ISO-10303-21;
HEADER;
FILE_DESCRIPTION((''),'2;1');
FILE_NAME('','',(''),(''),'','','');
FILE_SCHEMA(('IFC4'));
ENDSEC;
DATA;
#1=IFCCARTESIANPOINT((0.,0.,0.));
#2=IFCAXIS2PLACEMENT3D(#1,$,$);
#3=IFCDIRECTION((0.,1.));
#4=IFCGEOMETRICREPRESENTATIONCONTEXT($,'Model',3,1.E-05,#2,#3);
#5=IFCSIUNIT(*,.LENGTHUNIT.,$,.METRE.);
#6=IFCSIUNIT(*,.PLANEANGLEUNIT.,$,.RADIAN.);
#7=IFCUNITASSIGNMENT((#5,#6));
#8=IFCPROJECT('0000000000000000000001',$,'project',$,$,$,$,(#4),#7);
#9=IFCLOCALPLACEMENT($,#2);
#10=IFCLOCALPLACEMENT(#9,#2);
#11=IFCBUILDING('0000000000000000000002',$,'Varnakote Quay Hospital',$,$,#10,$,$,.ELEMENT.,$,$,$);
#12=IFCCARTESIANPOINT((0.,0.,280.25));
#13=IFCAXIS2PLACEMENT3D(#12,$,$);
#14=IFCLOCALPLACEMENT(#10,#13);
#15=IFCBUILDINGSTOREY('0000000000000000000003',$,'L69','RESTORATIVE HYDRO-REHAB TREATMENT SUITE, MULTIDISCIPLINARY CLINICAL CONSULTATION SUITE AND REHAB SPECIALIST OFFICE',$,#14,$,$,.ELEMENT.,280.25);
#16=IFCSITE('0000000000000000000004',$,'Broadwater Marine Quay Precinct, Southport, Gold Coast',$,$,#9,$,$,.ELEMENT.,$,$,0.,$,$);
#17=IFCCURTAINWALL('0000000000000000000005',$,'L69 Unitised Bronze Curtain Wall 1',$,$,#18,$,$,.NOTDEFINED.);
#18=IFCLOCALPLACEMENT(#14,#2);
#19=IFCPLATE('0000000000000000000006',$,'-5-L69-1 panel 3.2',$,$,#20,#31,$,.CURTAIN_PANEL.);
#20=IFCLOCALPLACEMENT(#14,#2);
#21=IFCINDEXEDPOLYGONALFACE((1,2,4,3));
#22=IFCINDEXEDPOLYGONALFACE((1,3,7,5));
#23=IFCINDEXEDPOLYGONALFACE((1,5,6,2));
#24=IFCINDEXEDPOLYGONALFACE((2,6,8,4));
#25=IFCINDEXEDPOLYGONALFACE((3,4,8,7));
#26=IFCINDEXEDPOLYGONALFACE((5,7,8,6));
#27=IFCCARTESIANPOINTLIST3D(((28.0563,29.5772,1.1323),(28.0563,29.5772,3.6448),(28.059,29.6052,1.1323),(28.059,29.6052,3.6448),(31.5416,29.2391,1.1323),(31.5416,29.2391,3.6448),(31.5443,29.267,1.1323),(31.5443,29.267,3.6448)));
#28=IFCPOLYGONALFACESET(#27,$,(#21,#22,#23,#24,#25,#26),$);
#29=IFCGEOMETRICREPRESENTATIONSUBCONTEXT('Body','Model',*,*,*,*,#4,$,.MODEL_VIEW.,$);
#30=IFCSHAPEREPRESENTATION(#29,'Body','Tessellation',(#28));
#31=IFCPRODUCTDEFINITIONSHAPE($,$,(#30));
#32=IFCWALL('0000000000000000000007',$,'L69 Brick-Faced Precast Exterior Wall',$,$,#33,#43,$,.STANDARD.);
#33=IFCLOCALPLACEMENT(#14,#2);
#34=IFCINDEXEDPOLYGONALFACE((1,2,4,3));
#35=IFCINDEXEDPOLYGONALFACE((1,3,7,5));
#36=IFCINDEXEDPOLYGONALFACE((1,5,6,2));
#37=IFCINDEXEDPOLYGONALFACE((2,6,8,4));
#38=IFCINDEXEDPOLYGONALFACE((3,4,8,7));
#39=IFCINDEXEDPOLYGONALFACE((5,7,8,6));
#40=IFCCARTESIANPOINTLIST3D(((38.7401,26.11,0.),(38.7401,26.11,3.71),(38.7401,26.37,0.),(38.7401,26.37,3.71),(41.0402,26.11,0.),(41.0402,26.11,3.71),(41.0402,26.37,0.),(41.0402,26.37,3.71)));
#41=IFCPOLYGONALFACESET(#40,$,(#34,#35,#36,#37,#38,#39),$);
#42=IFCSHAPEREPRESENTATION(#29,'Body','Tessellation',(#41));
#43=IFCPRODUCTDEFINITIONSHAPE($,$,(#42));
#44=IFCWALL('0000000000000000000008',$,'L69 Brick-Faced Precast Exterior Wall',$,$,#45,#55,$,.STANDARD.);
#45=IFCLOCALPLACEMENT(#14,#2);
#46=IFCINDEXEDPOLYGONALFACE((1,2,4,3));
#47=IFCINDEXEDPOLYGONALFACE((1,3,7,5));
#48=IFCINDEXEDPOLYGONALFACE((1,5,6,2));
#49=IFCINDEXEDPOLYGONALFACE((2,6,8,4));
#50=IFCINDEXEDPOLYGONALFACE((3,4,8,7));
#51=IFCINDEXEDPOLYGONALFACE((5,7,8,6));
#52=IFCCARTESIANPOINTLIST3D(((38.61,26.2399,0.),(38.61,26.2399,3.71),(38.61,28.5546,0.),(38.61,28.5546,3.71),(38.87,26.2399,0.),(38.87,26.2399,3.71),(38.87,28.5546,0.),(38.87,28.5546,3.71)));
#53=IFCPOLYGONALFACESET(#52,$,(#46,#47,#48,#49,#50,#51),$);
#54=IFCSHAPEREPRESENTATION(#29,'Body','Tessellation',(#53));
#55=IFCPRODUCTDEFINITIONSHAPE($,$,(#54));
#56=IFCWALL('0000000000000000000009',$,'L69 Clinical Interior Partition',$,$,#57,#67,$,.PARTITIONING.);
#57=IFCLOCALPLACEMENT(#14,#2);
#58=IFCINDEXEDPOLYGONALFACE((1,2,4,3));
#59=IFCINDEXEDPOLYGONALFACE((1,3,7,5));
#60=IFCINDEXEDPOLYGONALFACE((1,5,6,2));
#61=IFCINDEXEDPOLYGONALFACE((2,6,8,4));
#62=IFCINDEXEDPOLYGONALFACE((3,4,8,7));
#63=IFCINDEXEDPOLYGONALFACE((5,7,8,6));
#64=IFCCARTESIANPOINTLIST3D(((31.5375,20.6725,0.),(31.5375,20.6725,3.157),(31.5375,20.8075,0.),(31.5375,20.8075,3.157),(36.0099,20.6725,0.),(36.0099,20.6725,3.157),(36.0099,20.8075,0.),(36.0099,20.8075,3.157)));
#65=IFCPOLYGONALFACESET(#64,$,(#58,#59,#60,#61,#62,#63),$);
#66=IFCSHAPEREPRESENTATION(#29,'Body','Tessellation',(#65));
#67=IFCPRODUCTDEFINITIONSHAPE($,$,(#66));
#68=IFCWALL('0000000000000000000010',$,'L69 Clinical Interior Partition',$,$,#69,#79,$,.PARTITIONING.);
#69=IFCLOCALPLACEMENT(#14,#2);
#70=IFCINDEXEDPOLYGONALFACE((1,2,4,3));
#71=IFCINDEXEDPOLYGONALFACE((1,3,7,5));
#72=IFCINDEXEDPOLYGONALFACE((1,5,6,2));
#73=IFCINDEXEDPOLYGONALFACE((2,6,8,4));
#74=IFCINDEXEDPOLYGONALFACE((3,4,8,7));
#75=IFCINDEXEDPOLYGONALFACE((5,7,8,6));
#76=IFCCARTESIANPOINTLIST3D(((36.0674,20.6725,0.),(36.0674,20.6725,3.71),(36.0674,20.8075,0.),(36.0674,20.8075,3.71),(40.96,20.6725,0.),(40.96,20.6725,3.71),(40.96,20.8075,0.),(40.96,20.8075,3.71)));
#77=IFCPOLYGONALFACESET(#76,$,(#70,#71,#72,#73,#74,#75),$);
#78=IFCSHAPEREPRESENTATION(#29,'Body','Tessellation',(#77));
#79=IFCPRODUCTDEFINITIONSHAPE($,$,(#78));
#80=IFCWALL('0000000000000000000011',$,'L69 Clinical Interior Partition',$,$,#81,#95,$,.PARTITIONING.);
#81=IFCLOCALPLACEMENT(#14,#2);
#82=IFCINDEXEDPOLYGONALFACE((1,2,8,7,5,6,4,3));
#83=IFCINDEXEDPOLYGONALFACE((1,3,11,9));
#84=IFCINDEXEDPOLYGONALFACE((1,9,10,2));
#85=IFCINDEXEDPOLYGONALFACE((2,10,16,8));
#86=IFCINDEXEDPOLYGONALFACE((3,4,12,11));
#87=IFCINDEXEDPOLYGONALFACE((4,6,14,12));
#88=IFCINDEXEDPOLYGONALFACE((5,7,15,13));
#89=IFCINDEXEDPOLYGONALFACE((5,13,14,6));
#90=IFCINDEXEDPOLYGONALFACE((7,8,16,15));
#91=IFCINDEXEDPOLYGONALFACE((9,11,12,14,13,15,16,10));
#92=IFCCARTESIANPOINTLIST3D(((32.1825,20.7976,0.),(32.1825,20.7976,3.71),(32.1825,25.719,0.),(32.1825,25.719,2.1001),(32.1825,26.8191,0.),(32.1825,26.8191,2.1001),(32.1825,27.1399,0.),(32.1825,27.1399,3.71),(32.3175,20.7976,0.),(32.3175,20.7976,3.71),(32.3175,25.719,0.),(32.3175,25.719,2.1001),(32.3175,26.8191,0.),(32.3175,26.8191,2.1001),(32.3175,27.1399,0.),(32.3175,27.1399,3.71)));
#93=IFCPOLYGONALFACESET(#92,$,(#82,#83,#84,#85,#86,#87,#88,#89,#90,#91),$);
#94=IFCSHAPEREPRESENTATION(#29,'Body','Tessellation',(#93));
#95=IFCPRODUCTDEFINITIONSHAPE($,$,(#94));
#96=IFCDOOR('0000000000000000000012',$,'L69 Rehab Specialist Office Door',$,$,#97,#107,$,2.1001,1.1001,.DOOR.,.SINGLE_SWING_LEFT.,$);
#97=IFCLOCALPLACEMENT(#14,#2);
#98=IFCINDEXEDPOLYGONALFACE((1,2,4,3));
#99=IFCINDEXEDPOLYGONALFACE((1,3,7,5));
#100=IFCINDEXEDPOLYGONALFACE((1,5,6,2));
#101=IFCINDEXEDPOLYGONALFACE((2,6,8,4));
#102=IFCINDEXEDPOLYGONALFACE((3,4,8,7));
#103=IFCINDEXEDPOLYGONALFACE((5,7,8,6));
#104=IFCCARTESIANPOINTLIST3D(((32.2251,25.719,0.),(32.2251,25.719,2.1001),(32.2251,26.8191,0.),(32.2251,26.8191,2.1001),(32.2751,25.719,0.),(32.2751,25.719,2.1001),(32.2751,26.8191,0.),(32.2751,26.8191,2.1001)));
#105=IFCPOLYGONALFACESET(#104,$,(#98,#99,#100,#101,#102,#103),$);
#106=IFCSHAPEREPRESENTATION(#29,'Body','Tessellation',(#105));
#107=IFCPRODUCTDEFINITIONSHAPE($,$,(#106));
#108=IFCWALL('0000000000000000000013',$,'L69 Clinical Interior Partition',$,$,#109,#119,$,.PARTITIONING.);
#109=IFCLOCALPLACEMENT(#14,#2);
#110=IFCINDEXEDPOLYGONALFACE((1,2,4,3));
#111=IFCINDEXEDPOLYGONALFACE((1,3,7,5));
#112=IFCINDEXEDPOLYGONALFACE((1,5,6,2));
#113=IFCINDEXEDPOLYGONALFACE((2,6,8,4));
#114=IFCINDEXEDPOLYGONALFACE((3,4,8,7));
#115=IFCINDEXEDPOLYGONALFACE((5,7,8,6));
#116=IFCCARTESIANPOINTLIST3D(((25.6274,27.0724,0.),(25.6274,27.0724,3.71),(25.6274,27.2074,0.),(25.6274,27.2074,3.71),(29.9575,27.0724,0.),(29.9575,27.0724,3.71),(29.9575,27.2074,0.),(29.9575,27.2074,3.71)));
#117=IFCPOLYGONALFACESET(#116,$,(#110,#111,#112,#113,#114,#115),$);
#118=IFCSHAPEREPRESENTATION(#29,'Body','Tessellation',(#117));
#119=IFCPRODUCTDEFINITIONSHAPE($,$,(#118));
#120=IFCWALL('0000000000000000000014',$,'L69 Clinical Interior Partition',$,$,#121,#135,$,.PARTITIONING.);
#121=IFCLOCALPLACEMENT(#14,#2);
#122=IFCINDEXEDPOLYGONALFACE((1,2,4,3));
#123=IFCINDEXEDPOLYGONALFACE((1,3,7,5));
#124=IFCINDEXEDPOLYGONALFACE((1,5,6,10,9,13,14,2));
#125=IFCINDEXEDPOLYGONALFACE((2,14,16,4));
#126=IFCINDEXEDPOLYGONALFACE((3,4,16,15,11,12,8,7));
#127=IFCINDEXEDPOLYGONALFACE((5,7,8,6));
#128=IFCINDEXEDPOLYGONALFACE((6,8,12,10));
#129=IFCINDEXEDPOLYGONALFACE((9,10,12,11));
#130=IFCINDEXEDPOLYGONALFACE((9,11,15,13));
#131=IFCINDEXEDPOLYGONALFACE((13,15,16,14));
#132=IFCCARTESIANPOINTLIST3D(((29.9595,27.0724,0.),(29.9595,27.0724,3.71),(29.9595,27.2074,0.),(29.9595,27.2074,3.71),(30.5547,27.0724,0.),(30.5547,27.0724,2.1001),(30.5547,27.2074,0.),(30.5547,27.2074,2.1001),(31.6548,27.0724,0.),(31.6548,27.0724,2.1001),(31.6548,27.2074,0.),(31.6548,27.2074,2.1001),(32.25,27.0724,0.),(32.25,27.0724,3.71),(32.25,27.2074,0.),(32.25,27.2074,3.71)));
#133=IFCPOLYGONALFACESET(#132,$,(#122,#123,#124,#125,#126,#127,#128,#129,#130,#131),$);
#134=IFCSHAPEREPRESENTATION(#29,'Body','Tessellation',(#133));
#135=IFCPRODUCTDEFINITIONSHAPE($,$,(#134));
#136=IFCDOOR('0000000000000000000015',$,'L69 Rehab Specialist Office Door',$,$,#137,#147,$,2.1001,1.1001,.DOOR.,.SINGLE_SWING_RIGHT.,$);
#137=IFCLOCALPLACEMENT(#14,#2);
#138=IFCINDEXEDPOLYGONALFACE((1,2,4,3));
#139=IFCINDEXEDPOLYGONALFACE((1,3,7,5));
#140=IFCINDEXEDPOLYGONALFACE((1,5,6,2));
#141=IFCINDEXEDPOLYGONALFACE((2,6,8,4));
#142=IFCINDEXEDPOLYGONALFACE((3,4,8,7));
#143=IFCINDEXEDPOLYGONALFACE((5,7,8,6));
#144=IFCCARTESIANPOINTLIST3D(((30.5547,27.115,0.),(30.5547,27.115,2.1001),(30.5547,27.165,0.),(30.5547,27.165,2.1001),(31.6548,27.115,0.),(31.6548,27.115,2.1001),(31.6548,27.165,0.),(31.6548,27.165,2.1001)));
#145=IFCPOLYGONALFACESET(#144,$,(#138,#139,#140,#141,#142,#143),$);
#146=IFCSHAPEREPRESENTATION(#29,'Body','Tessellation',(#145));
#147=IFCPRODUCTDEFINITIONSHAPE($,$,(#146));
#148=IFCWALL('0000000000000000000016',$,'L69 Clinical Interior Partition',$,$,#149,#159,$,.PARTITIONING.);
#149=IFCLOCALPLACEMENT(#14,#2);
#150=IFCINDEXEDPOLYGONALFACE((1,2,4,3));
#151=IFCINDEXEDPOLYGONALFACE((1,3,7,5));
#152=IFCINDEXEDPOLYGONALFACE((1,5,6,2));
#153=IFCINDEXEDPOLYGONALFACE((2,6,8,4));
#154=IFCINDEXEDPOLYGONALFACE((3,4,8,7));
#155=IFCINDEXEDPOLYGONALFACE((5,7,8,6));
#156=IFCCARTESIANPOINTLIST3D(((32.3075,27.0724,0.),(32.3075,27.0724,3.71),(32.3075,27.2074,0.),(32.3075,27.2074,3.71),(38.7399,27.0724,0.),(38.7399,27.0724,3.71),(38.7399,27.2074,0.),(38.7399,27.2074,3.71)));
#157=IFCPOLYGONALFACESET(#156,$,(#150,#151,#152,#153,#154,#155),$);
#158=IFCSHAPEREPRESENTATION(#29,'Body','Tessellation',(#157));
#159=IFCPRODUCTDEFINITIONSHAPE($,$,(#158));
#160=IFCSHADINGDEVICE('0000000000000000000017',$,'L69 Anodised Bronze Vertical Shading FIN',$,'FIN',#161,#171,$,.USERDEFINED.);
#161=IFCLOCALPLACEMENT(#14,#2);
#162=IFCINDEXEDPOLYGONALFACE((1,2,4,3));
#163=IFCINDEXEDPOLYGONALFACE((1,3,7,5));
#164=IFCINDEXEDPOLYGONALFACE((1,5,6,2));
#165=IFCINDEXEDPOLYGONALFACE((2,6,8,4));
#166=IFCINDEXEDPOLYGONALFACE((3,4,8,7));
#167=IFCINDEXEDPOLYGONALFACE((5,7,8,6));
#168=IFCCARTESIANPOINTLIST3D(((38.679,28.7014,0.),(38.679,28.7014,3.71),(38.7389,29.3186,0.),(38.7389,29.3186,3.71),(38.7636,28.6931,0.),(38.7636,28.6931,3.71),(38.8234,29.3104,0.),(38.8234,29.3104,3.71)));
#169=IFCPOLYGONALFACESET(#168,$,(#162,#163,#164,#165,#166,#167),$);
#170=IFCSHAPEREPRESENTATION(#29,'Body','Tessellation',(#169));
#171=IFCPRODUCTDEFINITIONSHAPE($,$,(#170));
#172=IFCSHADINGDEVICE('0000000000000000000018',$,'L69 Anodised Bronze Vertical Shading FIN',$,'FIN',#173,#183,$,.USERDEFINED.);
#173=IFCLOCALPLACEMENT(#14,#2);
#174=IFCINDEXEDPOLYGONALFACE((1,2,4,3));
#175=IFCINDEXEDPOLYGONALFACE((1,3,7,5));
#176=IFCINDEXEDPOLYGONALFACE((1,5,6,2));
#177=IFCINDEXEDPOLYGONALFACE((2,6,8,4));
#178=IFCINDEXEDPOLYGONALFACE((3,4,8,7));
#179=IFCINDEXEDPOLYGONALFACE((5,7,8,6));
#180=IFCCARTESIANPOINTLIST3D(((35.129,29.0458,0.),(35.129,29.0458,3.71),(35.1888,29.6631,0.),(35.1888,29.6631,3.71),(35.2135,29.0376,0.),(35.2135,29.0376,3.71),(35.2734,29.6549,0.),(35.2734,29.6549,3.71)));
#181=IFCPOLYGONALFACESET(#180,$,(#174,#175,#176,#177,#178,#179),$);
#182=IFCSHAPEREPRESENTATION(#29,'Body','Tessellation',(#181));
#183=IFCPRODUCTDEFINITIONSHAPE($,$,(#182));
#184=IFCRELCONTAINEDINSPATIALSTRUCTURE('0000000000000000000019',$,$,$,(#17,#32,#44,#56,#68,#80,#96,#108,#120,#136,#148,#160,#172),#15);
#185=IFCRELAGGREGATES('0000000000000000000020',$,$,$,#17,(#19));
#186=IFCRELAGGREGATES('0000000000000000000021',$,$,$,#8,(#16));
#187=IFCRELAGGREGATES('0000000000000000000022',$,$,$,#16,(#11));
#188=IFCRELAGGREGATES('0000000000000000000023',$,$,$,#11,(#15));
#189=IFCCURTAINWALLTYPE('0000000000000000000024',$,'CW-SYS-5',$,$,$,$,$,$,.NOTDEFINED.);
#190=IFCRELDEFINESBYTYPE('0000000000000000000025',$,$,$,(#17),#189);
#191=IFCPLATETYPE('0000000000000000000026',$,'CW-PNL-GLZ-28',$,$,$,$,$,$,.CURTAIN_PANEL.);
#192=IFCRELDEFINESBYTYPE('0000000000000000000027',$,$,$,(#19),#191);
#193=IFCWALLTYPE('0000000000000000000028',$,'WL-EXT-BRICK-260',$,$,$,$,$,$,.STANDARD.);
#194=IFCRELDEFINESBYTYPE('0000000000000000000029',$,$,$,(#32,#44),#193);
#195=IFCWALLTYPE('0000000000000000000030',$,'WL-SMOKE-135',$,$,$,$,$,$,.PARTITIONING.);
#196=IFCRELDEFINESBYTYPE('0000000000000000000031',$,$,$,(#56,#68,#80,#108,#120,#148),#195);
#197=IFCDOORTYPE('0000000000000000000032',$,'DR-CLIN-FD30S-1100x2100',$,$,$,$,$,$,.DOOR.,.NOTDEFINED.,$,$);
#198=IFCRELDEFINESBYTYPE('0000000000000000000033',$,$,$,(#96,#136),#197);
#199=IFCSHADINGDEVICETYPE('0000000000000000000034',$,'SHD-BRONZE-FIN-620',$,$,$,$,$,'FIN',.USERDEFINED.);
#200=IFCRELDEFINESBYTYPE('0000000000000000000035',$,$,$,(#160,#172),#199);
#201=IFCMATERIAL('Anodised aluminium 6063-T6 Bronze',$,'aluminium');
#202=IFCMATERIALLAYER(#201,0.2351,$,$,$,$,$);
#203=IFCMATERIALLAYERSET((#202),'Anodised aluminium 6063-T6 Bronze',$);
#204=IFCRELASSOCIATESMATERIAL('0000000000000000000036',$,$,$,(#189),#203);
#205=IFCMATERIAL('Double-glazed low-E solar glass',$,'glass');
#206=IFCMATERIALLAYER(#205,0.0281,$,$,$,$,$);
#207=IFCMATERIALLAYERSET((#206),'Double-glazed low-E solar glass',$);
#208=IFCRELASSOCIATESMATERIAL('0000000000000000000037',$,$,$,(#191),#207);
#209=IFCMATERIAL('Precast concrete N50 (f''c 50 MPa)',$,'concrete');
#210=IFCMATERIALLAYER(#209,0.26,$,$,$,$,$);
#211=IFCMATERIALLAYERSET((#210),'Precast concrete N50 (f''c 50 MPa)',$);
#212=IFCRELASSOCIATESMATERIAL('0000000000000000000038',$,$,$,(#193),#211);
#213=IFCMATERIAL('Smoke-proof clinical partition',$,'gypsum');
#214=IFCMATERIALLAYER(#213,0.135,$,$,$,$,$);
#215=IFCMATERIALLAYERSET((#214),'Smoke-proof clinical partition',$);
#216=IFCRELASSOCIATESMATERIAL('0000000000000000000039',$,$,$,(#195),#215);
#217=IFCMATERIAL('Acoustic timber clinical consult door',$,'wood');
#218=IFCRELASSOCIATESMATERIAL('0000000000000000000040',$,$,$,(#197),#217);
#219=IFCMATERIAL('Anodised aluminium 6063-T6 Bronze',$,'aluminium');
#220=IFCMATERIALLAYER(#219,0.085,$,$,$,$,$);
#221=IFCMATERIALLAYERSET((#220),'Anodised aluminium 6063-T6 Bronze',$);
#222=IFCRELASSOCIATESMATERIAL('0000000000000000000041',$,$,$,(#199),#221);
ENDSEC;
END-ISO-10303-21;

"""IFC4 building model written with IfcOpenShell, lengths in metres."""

from ifc_helpers import new_model, si_unit, direction, frame, frame_2d, origin, origin_2d, place, context, subcontext, project, spatial, rectangle, extrude, material, layer, layer_set, type_object, element, fill, aggregate, save


model = new_model("IFC4")

# Units and contexts
model_context = context("Model", 3, precision=1e-05, world=origin(), true_north=direction((0.0, 1.0)))
body_context = subcontext(model_context, "Body", "Model", "MODEL_VIEW")
ifc_project = project(units=[si_unit("LENGTHUNIT", "METRE"), si_unit("PLANEANGLEUNIT", "RADIAN")], contexts=[model_context])

# Site, building, storey
site_placement = place(None, origin())
site = spatial("IfcSite", under=ifc_project, at=site_placement, Name="Broadwater Marine Quay Precinct, Southport, Gold Coast", CompositionType="ELEMENT", RefElevation=0.0)
building_placement = place(site_placement, origin())
building = spatial("IfcBuilding", under=site, at=building_placement, Name="Varnakote Quay Hospital", CompositionType="ELEMENT")
storey_placement = place(building_placement, frame((0.0, 0.0, 280.25)))
storey = spatial("IfcBuildingStorey", under=building, at=storey_placement, Name="L69", Description="RESTORATIVE HYDRO-REHAB TREATMENT SUITE, MULTIDISCIPLINARY CLINICAL CONSULTATION SUITE AND REHAB SPECIALIST OFFICE", CompositionType="ELEMENT", Elevation=280.25)

# Curtain wall, plate
ifc_material_1 = material(Name="Anodised aluminium 6063-T6 Bronze", Category="aluminium")
ifc_layer_1 = layer(ifc_material_1, 0.2351)
ifc_layer_set_1 = layer_set([ifc_layer_1], Name="Anodised aluminium 6063-T6 Bronze")
curtain_wall_type = type_object("IfcCurtainWallType", Name="CW-SYS-5", PredefinedType="NOTDEFINED", material=ifc_layer_set_1)
curtain_wall_placement = place(storey_placement, origin())
curtain_wall = element("IfcCurtainWall", 1, at=curtain_wall_placement, inside=storey, type_object=curtain_wall_type, Name="L69 Unitised Bronze Curtain Wall 1", PredefinedType="NOTDEFINED")
ifc_material_2 = material(Name="Double-glazed low-E solar glass", Category="glass")
ifc_layer_2 = layer(ifc_material_2, 0.0281)
ifc_layer_set_2 = layer_set([ifc_layer_2], Name="Double-glazed low-E solar glass")
plate_type = type_object("IfcPlateType", Name="CW-PNL-GLZ-28", PredefinedType="CURTAIN_PANEL", material=ifc_layer_set_2)
plate_1_placement = place(storey_placement, frame((29.8003, 29.4221, 1.1323), z_axis=(0.0, 0.0, 1.0), x_axis=(-0.995326, 0.096569, 0.0)))
plate_1 = element("IfcPlate", 2, at=plate_1_placement, type_object=plate_type, Name="-5-L69-1 panel 3.2", PredefinedType="CURTAIN_PANEL", context=body_context, shape_type="SweptSolid", body=[
    extrude(rectangle(XDim=3.5017, YDim=0.0281, at=origin_2d()), origin(), (0.0, 0.0, 1.0), 2.5125),
])
aggregate(curtain_wall, [plate_1])

# Walls
ifc_material_3 = material(Name="Precast concrete N50 (f'c 50 MPa)", Category="concrete")
ifc_layer_3 = layer(ifc_material_3, 0.26)
ifc_layer_set_3 = layer_set([ifc_layer_3], Name="Precast concrete N50 (f'c 50 MPa)")
wall_type_1 = type_object("IfcWallType", Name="WL-EXT-BRICK-260", PredefinedType="STANDARD", material=ifc_layer_set_3)
wall_1_placement = place(storey_placement, frame((41.04, 26.24, 0.0), z_axis=(0.0, 0.0, 1.0), x_axis=(-1.0, 0.0, 0.0)))
element("IfcWall", 3, at=wall_1_placement, inside=storey, type_object=wall_type_1, Name="L69 Brick-Faced Precast Exterior Wall", PredefinedType="STANDARD", context=body_context, shape_type="SweptSolid", body=[
    extrude(rectangle(XDim=2.3, YDim=0.26, at=frame_2d((1.1499, 0.0))), origin(), (0.0, 0.0, 1.0), 3.71),
])
wall_2_placement = place(storey_placement, frame((38.74, 26.24, 0.0), z_axis=(0.0, 0.0, 1.0), x_axis=(0.0, 1.0, 0.0)))
element("IfcWall", 4, at=wall_2_placement, inside=storey, type_object=wall_type_1, Name="L69 Brick-Faced Precast Exterior Wall", PredefinedType="STANDARD", context=body_context, shape_type="SweptSolid", body=[
    extrude(rectangle(XDim=2.3147, YDim=0.26, at=frame_2d((1.1572, 0.0))), origin(), (0.0, 0.0, 1.0), 3.71),
])
ifc_material_4 = material(Name="Smoke-proof clinical partition", Category="gypsum")
ifc_layer_4 = layer(ifc_material_4, 0.135)
ifc_layer_set_4 = layer_set([ifc_layer_4], Name="Smoke-proof clinical partition")
wall_type_2 = type_object("IfcWallType", Name="WL-SMOKE-135", PredefinedType="PARTITIONING", material=ifc_layer_set_4)
wall_3_placement = place(storey_placement, frame((36.01, 20.74, 0.0), z_axis=(0.0, 0.0, 1.0), x_axis=(-1.0, 0.0, 0.0)))
element("IfcWall", 5, at=wall_3_placement, inside=storey, type_object=wall_type_2, Name="L69 Clinical Interior Partition", PredefinedType="PARTITIONING", context=body_context, shape_type="SweptSolid", body=[
    extrude(rectangle(XDim=4.4724, YDim=0.135, at=frame_2d((2.2363, 0.0))), origin(), (0.0, 0.0, 1.0), 3.157),
])
wall_4_placement = place(storey_placement, frame((40.96, 20.74, 0.0), z_axis=(0.0, 0.0, 1.0), x_axis=(-1.0, 0.0, 0.0)))
element("IfcWall", 6, at=wall_4_placement, inside=storey, type_object=wall_type_2, Name="L69 Clinical Interior Partition", PredefinedType="PARTITIONING", context=body_context, shape_type="SweptSolid", body=[
    extrude(rectangle(XDim=4.8926, YDim=0.135, at=frame_2d((2.4463, 0.0))), origin(), (0.0, 0.0, 1.0), 3.71),
])

# Wall, opening, door
wall_5_placement = place(storey_placement, frame((32.25, 20.7976, 0.0), z_axis=(0.0, 0.0, 1.0), x_axis=(0.0, 1.0, 0.0)))
wall_5 = element("IfcWall", 7, at=wall_5_placement, inside=storey, type_object=wall_type_2, Name="L69 Clinical Interior Partition", PredefinedType="PARTITIONING", context=body_context, shape_type="SweptSolid", body=[
    extrude(rectangle(XDim=6.3423, YDim=0.135, at=frame_2d((3.1711, 0.0))), origin(), (0.0, 0.0, 1.0), 3.71),
])
opening_1_placement = place(wall_5_placement, frame((4.9214, 0.0, 0.0)))
opening_1 = element("IfcOpeningElement", 8, at=opening_1_placement, cuts=wall_5, PredefinedType="OPENING", context=body_context, shape_type="SweptSolid", body=[
    extrude(rectangle(XDim=1.1001, YDim=2.1001, at=frame_2d((0.55, 1.05))), frame((0.0, 0.0774, 0.0), z_axis=(0.0, -1.0, 0.0), x_axis=(1.0, 0.0, 0.0)), (0.0, 0.0, 1.0), 0.155),
])
ifc_material_5 = material(Name="Acoustic timber clinical consult door", Category="wood")
door_type = type_object("IfcDoorType", Name="DR-CLIN-FD30S-1100x2100", OperationType="NOTDEFINED", PredefinedType="DOOR", material=ifc_material_5)
door_1_placement = place(opening_1_placement, origin())
door_1 = element("IfcDoor", 9, at=door_1_placement, inside=storey, type_object=door_type, Name="L69 Rehab Specialist Office Door", OperationType="SINGLE_SWING_LEFT", OverallHeight=2.1001, OverallWidth=1.1001, PredefinedType="DOOR", context=body_context, shape_type="SweptSolid", body=[
    extrude(rectangle(XDim=1.1001, YDim=2.1001, at=frame_2d((0.55, 1.05))), frame((0.0, 0.0249, 0.0), z_axis=(0.0, -1.0, 0.0), x_axis=(1.0, 0.0, 0.0)), (0.0, 0.0, 1.0), 0.05),
])
fill(opening_1, door_1)

# Wall
wall_6_placement = place(storey_placement, frame((29.9575, 27.1399, 0.0), z_axis=(0.0, 0.0, 1.0), x_axis=(-1.0, 0.0, 0.0)))
element("IfcWall", 10, at=wall_6_placement, inside=storey, type_object=wall_type_2, Name="L69 Clinical Interior Partition", PredefinedType="PARTITIONING", context=body_context, shape_type="SweptSolid", body=[
    extrude(rectangle(XDim=4.3301, YDim=0.135, at=frame_2d((2.165, 0.0))), origin(), (0.0, 0.0, 1.0), 3.71),
])

# Wall, opening, door
wall_7_placement = place(storey_placement, frame((32.25, 27.1399, 0.0), z_axis=(0.0, 0.0, 1.0), x_axis=(-1.0, 0.0, 0.0)))
wall_7 = element("IfcWall", 11, at=wall_7_placement, inside=storey, type_object=wall_type_2, Name="L69 Clinical Interior Partition", PredefinedType="PARTITIONING", context=body_context, shape_type="SweptSolid", body=[
    extrude(rectangle(XDim=2.2905, YDim=0.135, at=frame_2d((1.1453, 0.0))), origin(), (0.0, 0.0, 1.0), 3.71),
])
opening_2_placement = place(wall_7_placement, frame((0.5952, 0.0, 0.0)))
opening_2 = element("IfcOpeningElement", 12, at=opening_2_placement, cuts=wall_7, PredefinedType="OPENING", context=body_context, shape_type="SweptSolid", body=[
    extrude(rectangle(XDim=1.1001, YDim=2.1001, at=frame_2d((0.55, 1.05))), frame((0.0, 0.0774, 0.0), z_axis=(0.0, -1.0, 0.0), x_axis=(1.0, 0.0, 0.0)), (0.0, 0.0, 1.0), 0.155),
])
door_2_placement = place(opening_2_placement, origin())
door_2 = element("IfcDoor", 13, at=door_2_placement, inside=storey, type_object=door_type, Name="L69 Rehab Specialist Office Door", OperationType="SINGLE_SWING_RIGHT", OverallHeight=2.1001, OverallWidth=1.1001, PredefinedType="DOOR", context=body_context, shape_type="SweptSolid", body=[
    extrude(rectangle(XDim=1.1001, YDim=2.1001, at=frame_2d((0.55, 1.05))), frame((0.0, 0.0249, 0.0), z_axis=(0.0, -1.0, 0.0), x_axis=(1.0, 0.0, 0.0)), (0.0, 0.0, 1.0), 0.05),
])
fill(opening_2, door_2)

# Wall
wall_8_placement = place(storey_placement, frame((38.74, 27.1399, 0.0), z_axis=(0.0, 0.0, 1.0), x_axis=(-1.0, 0.0, 0.0)))
element("IfcWall", 14, at=wall_8_placement, inside=storey, type_object=wall_type_2, Name="L69 Clinical Interior Partition", PredefinedType="PARTITIONING", context=body_context, shape_type="SweptSolid", body=[
    extrude(rectangle(XDim=6.4324, YDim=0.135, at=frame_2d((3.2163, 0.0))), origin(), (0.0, 0.0, 1.0), 3.71),
])

# Shading devices
ifc_material_6 = material(Name="Anodised aluminium 6063-T6 Bronze", Category="aluminium")
ifc_layer_5 = layer(ifc_material_6, 0.085)
ifc_layer_set_5 = layer_set([ifc_layer_5], Name="Anodised aluminium 6063-T6 Bronze")
shading_device_type = type_object("IfcShadingDeviceType", Name="SHD-BRONZE-FIN-620", ElementType="FIN", PredefinedType="USERDEFINED", material=ifc_layer_set_5)
for number, where, z_axis, x_axis, name in (
    (15, (38.7512, 29.0059, 0.0), (0.0, 0.0, 1.0), (-0.096541, -0.995329, 0.0), "L69 Anodised Bronze Vertical Shading FIN"),
    (16, (35.2012, 29.3503, 0.0), (0.0, 0.0, 1.0), (-0.096541, -0.995329, 0.0), "L69 Anodised Bronze Vertical Shading FIN"),
):
    element("IfcShadingDevice", number, at=place(storey_placement, frame(where, z_axis=z_axis, x_axis=x_axis)), inside=storey, type_object=shading_device_type, Name=name, ObjectType="FIN", PredefinedType="USERDEFINED", context=body_context, shape_type="SweptSolid", body=[
        extrude(rectangle(XDim=0.6201, YDim=0.085, at=origin_2d()), origin(), (0.0, 0.0, 1.0), 3.71),
    ])

save(model, "model.ifc")
